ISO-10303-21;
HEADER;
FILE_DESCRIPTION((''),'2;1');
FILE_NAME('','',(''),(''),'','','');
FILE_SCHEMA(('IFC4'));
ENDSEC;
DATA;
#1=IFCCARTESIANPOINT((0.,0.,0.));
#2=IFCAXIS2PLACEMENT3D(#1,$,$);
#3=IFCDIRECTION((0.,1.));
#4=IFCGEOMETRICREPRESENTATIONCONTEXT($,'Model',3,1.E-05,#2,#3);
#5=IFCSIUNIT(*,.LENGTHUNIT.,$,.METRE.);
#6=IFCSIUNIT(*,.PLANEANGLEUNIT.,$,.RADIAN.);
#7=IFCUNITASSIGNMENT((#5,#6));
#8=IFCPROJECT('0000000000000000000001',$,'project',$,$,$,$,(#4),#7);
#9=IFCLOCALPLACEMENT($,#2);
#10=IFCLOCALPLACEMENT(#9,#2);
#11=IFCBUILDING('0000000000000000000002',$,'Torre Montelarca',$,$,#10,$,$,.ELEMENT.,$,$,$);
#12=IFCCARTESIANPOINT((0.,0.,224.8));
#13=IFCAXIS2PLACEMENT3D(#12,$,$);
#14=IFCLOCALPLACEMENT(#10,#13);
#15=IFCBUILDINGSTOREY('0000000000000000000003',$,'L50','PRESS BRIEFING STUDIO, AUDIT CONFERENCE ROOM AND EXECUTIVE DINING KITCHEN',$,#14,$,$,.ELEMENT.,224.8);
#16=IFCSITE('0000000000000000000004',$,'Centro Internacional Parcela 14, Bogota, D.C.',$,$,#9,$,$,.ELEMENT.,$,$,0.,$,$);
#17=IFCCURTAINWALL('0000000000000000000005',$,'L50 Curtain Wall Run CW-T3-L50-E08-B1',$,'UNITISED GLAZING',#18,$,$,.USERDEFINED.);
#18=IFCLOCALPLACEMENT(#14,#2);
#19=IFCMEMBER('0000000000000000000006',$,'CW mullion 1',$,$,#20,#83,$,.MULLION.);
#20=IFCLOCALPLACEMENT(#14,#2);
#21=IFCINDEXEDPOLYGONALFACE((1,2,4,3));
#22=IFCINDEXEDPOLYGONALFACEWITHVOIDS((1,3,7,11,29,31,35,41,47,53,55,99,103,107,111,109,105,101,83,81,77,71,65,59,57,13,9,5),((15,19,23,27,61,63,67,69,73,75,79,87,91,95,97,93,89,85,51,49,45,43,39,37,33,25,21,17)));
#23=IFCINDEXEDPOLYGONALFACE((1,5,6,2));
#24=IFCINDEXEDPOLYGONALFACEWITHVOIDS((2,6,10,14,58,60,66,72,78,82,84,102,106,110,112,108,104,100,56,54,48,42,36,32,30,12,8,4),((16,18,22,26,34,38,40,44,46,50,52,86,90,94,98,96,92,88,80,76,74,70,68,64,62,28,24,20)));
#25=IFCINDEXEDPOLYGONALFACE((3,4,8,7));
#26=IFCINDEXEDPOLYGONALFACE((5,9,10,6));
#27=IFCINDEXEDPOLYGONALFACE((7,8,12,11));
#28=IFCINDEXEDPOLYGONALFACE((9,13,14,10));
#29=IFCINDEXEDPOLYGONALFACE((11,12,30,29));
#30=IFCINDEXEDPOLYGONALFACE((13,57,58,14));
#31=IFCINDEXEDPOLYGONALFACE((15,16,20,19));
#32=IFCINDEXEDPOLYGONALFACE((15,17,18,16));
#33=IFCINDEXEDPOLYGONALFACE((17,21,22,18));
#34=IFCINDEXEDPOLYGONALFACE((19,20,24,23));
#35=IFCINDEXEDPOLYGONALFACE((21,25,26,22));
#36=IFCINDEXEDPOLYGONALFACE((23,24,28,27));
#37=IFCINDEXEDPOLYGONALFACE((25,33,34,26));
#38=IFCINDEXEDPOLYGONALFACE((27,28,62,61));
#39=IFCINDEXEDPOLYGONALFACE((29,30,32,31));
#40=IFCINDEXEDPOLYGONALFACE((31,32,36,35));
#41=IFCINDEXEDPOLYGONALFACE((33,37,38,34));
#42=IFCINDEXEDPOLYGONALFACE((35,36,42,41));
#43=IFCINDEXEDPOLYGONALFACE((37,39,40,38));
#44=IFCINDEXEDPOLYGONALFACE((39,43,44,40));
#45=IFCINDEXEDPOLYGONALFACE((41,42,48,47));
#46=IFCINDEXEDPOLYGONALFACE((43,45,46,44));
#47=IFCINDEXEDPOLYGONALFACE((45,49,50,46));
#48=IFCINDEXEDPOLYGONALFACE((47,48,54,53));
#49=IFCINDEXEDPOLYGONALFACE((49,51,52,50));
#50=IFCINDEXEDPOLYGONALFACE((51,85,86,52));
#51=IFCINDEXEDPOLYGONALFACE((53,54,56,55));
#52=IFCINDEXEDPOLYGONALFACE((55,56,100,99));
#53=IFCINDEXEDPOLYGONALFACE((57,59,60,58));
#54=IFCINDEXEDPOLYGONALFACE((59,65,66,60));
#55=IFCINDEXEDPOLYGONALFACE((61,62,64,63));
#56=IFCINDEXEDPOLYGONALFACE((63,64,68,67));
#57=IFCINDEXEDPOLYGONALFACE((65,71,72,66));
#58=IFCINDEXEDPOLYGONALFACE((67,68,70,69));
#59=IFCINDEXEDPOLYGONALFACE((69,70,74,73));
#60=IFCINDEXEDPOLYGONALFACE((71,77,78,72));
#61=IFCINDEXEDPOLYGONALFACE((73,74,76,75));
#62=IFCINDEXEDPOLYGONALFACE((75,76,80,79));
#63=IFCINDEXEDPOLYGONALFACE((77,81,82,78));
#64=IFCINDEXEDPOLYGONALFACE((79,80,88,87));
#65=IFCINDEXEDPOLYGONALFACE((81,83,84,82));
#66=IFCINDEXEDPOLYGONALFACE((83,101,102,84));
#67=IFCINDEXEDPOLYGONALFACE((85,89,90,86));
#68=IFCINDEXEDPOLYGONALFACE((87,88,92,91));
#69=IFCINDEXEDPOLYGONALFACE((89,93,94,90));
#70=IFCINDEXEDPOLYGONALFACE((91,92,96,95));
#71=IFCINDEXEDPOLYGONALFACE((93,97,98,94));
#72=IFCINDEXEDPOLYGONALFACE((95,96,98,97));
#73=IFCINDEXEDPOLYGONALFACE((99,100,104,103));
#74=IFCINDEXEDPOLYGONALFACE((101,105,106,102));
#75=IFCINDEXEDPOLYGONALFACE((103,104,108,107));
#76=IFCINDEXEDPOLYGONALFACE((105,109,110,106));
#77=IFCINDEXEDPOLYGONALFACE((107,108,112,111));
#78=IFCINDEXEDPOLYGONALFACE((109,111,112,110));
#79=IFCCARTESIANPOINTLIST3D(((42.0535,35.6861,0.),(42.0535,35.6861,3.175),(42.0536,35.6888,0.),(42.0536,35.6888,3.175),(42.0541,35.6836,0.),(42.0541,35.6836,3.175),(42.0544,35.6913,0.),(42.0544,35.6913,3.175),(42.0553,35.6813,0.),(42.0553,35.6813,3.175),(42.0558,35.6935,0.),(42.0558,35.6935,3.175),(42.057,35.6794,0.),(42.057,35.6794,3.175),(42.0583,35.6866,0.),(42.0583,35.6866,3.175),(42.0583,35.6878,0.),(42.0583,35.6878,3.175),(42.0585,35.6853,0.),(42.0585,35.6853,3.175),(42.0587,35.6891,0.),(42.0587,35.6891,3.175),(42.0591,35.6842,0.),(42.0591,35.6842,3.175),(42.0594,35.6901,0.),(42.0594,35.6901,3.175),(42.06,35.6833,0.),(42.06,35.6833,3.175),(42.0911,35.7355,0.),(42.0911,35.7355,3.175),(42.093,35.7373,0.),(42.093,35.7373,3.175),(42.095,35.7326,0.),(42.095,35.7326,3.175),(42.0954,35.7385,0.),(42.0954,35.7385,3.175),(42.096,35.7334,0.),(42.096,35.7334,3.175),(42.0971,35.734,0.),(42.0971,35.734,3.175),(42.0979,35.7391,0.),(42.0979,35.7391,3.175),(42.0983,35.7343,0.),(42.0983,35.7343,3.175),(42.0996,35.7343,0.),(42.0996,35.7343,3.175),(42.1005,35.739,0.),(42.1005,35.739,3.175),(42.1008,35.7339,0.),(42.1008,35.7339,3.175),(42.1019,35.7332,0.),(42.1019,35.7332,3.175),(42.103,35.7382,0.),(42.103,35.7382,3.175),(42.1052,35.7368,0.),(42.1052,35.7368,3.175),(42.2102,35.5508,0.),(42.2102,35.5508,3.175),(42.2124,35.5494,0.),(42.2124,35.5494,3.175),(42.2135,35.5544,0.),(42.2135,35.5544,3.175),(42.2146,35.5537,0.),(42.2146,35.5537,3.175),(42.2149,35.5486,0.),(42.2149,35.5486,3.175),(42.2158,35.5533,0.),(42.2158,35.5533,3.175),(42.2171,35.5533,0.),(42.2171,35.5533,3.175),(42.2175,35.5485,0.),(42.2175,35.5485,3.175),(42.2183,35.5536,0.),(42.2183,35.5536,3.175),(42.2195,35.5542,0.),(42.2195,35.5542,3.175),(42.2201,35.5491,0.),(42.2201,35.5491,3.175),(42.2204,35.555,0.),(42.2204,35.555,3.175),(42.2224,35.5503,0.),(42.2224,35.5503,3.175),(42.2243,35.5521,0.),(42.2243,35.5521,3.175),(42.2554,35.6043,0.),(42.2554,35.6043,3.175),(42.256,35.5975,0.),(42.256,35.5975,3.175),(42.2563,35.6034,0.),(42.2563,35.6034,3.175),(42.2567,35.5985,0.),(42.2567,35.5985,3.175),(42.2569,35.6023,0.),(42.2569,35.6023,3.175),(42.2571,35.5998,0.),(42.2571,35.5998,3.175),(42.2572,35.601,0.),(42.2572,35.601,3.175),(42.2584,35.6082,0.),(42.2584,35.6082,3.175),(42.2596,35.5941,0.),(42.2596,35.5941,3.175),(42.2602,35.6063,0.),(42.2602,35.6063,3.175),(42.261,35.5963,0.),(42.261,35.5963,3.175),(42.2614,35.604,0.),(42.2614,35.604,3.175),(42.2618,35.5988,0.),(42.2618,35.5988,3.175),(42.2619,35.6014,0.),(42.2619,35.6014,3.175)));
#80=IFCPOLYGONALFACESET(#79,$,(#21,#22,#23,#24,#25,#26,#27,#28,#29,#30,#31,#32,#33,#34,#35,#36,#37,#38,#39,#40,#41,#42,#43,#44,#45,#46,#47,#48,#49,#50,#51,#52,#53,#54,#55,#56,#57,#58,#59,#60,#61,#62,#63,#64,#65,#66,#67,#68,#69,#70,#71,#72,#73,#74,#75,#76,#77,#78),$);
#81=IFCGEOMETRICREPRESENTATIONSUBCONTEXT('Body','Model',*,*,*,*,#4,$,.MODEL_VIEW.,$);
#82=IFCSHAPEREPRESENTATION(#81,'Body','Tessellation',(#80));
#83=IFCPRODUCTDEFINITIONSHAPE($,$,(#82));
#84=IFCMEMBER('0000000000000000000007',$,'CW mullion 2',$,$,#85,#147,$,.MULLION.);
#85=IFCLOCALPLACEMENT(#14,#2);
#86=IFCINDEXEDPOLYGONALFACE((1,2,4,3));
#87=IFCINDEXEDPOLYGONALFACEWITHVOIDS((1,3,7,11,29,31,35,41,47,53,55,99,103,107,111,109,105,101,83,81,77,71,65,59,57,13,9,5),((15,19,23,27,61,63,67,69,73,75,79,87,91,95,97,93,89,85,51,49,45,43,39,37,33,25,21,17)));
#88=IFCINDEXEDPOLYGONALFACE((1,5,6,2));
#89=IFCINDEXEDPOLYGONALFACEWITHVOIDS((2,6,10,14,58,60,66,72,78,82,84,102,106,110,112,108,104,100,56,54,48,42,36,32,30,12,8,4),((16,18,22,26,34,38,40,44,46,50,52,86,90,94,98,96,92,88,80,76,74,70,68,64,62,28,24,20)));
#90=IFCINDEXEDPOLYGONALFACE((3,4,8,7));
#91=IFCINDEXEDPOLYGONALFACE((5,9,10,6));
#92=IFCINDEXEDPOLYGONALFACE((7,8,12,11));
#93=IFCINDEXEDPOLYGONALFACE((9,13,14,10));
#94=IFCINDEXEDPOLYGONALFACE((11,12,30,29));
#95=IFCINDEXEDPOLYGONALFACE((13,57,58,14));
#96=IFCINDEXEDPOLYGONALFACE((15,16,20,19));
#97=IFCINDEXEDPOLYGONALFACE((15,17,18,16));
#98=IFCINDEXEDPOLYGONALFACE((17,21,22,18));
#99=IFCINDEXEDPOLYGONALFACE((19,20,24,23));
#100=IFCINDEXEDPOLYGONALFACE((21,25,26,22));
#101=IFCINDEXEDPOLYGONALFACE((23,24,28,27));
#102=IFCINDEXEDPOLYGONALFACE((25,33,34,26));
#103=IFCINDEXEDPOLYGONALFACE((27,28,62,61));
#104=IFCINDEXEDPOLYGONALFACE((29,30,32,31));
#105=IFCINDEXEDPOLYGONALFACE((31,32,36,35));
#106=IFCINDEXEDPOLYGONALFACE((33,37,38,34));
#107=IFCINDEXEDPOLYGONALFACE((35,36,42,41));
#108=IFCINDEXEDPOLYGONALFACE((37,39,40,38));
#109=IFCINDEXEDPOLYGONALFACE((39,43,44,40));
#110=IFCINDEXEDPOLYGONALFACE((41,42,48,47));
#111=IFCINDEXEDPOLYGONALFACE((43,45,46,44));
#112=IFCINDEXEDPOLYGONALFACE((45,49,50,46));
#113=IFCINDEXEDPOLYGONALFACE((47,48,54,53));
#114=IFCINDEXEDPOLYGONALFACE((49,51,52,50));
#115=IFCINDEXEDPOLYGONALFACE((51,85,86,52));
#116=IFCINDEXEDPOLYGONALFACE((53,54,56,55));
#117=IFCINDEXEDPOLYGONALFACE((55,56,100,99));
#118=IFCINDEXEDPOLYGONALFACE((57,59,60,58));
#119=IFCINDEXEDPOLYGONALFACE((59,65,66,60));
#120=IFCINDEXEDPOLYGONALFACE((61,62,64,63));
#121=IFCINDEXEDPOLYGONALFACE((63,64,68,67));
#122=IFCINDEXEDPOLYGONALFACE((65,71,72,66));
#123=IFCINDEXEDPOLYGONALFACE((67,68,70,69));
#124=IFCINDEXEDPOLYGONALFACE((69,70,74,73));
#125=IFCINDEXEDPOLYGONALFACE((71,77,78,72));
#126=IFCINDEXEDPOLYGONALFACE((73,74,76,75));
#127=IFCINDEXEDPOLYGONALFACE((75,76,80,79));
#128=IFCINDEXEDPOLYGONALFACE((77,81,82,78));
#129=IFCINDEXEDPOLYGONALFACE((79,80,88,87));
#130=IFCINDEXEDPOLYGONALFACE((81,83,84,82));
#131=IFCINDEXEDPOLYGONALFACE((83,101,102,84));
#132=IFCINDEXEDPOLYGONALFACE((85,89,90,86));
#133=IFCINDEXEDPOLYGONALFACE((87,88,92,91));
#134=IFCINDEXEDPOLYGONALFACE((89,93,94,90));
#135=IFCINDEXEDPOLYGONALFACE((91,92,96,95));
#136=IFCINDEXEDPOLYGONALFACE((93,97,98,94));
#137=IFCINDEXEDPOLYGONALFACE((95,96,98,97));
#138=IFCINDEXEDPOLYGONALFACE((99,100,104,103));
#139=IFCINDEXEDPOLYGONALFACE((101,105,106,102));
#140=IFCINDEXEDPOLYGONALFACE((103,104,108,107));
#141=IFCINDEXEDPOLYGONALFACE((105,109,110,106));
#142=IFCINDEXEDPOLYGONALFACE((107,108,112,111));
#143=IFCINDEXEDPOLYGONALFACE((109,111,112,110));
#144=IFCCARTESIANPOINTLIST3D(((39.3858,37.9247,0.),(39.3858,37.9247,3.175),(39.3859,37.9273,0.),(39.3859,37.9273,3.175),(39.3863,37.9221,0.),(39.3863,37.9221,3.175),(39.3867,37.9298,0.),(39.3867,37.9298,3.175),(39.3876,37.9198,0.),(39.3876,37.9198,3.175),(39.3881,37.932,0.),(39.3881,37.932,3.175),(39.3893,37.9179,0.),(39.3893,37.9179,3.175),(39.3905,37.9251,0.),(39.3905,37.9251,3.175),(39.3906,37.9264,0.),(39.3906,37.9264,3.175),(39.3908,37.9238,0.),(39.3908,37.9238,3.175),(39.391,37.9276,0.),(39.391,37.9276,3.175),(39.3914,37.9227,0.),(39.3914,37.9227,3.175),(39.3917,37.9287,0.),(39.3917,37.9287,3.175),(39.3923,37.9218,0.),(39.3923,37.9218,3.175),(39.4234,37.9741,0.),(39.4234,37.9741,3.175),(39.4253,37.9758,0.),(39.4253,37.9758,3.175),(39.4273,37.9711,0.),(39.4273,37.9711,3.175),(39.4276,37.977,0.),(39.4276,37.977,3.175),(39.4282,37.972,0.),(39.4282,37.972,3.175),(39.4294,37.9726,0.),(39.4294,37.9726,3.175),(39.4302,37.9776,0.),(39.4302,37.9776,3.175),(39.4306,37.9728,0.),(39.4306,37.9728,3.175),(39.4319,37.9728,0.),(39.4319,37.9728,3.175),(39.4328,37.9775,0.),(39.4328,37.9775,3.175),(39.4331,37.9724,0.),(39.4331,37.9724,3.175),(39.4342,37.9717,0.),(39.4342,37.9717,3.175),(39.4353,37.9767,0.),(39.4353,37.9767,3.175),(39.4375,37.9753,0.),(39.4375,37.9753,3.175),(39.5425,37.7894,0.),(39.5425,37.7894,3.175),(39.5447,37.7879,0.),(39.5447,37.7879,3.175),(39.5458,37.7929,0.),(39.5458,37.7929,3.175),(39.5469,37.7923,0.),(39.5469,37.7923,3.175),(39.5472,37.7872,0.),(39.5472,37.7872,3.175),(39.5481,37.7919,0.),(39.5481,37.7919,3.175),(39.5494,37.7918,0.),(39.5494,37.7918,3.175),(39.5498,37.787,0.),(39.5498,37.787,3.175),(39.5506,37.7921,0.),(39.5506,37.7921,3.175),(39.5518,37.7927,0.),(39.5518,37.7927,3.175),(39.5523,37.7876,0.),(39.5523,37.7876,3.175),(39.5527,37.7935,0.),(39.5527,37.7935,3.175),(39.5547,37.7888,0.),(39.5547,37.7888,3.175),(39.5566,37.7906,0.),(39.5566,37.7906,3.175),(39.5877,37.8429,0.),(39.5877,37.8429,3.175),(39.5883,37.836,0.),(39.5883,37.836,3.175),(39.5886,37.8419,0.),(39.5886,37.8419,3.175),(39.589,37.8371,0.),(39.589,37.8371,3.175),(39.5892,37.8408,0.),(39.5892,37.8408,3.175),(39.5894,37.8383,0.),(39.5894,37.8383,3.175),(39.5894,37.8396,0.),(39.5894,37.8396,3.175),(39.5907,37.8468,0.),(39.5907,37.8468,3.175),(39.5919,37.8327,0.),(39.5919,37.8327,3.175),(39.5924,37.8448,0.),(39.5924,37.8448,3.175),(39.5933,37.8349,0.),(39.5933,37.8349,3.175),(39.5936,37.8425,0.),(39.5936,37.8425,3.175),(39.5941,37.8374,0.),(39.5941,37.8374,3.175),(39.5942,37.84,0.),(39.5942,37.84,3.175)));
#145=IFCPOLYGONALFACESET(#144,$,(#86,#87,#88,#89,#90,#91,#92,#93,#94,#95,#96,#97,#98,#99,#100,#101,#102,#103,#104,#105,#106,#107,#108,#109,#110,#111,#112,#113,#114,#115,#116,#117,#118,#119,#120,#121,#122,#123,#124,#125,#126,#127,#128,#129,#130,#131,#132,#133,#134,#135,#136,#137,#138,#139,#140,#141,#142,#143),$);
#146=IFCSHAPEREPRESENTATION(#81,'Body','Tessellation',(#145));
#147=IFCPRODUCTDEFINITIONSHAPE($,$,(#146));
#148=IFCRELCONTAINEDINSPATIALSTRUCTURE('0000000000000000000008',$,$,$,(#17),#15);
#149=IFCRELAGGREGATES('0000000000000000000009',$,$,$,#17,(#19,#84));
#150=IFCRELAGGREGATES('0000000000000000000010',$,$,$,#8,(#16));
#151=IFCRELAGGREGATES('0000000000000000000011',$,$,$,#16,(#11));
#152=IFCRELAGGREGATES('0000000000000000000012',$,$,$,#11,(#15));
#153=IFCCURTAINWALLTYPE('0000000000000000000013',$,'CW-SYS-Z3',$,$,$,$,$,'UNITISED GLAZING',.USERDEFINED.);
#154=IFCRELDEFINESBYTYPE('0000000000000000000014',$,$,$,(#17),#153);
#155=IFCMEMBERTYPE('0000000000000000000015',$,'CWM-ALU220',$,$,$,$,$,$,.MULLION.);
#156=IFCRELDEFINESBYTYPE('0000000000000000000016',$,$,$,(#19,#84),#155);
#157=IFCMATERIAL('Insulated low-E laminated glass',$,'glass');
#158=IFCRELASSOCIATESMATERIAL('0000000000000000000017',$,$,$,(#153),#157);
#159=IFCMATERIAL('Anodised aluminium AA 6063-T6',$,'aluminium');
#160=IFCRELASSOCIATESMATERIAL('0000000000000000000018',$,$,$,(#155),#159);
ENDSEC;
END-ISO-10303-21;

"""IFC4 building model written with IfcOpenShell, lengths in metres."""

from ifc_helpers import new_model, si_unit, direction, frame, origin, origin_2d, place, context, subcontext, project, spatial, hollow_rectangle, extrude, source, transform, mapped, material, material_profile, profile_set, type_object, element, aggregate, save


model = new_model("IFC4")

# Units and contexts
model_context = context("Model", 3, precision=1e-05, world=origin(), true_north=direction((0.0, 1.0)))
body_context = subcontext(model_context, "Body", "Model", "MODEL_VIEW")
ifc_project = project(units=[si_unit("LENGTHUNIT", "METRE"), si_unit("PLANEANGLEUNIT", "RADIAN")], contexts=[model_context])

# Site, building, storey
site_placement = place(None, origin())
site = spatial("IfcSite", under=ifc_project, at=site_placement, Name="Centro Internacional Parcela 14, Bogota, D.C.", CompositionType="ELEMENT", RefElevation=0.0)
building_placement = place(site_placement, origin())
building = spatial("IfcBuilding", under=site, at=building_placement, Name="Torre Montelarca", CompositionType="ELEMENT")
storey_placement = place(building_placement, frame((0.0, 0.0, 224.8)))
storey = spatial("IfcBuildingStorey", under=building, at=storey_placement, Name="L50", Description="PRESS BRIEFING STUDIO, AUDIT CONFERENCE ROOM AND EXECUTIVE DINING KITCHEN", CompositionType="ELEMENT", Elevation=224.8)

# Curtain wall
ifc_material_1 = material(Name="Insulated low-E laminated glass", Category="glass")
curtain_wall_type = type_object("IfcCurtainWallType", Name="CW-SYS-Z3", ElementType="UNITISED GLAZING", PredefinedType="USERDEFINED", material=ifc_material_1)
curtain_wall_1_placement = place(storey_placement, origin())
curtain_wall_1 = element("IfcCurtainWall", 1, at=curtain_wall_1_placement, inside=storey, type_object=curtain_wall_type, Name="L50 Curtain Wall Run CW-T3-L50-E08-B1", ObjectType="UNITISED GLAZING", PredefinedType="USERDEFINED")
ifc_material_2 = material(Name="Anodised aluminium AA 6063-T6", Category="aluminium")

# Members
ifc_material_profile_1 = material_profile(ifc_material_2, hollow_rectangle(XDim=0.075, YDim=0.22, WallThickness=0.0049, InnerFilletRadius=0.0049, OuterFilletRadius=0.01, at=origin_2d()), Name="ALU75X220X5", Category="aluminium")
ifc_profile_set_1 = profile_set([ifc_material_profile_1], Name="Anodised aluminium AA 6063-T6")
member_type_1 = type_object("IfcMemberType", Name="CWM-ALU220", PredefinedType="MULLION", material=ifc_profile_set_1)
shared_shape_1 = source(origin(), body_context, "Body", "SweptSolid", [
    extrude(hollow_rectangle(XDim=0.075, YDim=0.22, WallThickness=0.0049, InnerFilletRadius=0.0049, OuterFilletRadius=0.01, at=origin_2d()), origin(), (0.0, 0.0, 1.0), 3.175),
])
member_1_placement = place(storey_placement, frame((42.1577, 35.6438, 0.0), z_axis=(0.0, 0.0, 1.0), x_axis=(-0.642789, -0.766043, 0.0)))
member_1 = element("IfcMember", 2, at=member_1_placement, type_object=member_type_1, Name="CW mullion 1", PredefinedType="MULLION", context=body_context, shape_type="MappedRepresentation", body=[
    mapped(shared_shape_1, transform((0.0, 0.0, 0.0), scale=1.0)),
])
member_2_placement = place(storey_placement, frame((39.49, 37.8823, 0.0), z_axis=(0.0, 0.0, 1.0), x_axis=(-0.642789, -0.766043, 0.0)))
member_2 = element("IfcMember", 3, at=member_2_placement, type_object=member_type_1, Name="CW mullion 2", PredefinedType="MULLION", context=body_context, shape_type="MappedRepresentation", body=[
    mapped(shared_shape_1, transform((0.0, 0.0, 0.0), scale=1.0)),
])

aggregate(curtain_wall_1, [member_1, member_2])

save(model, "model.ifc")
